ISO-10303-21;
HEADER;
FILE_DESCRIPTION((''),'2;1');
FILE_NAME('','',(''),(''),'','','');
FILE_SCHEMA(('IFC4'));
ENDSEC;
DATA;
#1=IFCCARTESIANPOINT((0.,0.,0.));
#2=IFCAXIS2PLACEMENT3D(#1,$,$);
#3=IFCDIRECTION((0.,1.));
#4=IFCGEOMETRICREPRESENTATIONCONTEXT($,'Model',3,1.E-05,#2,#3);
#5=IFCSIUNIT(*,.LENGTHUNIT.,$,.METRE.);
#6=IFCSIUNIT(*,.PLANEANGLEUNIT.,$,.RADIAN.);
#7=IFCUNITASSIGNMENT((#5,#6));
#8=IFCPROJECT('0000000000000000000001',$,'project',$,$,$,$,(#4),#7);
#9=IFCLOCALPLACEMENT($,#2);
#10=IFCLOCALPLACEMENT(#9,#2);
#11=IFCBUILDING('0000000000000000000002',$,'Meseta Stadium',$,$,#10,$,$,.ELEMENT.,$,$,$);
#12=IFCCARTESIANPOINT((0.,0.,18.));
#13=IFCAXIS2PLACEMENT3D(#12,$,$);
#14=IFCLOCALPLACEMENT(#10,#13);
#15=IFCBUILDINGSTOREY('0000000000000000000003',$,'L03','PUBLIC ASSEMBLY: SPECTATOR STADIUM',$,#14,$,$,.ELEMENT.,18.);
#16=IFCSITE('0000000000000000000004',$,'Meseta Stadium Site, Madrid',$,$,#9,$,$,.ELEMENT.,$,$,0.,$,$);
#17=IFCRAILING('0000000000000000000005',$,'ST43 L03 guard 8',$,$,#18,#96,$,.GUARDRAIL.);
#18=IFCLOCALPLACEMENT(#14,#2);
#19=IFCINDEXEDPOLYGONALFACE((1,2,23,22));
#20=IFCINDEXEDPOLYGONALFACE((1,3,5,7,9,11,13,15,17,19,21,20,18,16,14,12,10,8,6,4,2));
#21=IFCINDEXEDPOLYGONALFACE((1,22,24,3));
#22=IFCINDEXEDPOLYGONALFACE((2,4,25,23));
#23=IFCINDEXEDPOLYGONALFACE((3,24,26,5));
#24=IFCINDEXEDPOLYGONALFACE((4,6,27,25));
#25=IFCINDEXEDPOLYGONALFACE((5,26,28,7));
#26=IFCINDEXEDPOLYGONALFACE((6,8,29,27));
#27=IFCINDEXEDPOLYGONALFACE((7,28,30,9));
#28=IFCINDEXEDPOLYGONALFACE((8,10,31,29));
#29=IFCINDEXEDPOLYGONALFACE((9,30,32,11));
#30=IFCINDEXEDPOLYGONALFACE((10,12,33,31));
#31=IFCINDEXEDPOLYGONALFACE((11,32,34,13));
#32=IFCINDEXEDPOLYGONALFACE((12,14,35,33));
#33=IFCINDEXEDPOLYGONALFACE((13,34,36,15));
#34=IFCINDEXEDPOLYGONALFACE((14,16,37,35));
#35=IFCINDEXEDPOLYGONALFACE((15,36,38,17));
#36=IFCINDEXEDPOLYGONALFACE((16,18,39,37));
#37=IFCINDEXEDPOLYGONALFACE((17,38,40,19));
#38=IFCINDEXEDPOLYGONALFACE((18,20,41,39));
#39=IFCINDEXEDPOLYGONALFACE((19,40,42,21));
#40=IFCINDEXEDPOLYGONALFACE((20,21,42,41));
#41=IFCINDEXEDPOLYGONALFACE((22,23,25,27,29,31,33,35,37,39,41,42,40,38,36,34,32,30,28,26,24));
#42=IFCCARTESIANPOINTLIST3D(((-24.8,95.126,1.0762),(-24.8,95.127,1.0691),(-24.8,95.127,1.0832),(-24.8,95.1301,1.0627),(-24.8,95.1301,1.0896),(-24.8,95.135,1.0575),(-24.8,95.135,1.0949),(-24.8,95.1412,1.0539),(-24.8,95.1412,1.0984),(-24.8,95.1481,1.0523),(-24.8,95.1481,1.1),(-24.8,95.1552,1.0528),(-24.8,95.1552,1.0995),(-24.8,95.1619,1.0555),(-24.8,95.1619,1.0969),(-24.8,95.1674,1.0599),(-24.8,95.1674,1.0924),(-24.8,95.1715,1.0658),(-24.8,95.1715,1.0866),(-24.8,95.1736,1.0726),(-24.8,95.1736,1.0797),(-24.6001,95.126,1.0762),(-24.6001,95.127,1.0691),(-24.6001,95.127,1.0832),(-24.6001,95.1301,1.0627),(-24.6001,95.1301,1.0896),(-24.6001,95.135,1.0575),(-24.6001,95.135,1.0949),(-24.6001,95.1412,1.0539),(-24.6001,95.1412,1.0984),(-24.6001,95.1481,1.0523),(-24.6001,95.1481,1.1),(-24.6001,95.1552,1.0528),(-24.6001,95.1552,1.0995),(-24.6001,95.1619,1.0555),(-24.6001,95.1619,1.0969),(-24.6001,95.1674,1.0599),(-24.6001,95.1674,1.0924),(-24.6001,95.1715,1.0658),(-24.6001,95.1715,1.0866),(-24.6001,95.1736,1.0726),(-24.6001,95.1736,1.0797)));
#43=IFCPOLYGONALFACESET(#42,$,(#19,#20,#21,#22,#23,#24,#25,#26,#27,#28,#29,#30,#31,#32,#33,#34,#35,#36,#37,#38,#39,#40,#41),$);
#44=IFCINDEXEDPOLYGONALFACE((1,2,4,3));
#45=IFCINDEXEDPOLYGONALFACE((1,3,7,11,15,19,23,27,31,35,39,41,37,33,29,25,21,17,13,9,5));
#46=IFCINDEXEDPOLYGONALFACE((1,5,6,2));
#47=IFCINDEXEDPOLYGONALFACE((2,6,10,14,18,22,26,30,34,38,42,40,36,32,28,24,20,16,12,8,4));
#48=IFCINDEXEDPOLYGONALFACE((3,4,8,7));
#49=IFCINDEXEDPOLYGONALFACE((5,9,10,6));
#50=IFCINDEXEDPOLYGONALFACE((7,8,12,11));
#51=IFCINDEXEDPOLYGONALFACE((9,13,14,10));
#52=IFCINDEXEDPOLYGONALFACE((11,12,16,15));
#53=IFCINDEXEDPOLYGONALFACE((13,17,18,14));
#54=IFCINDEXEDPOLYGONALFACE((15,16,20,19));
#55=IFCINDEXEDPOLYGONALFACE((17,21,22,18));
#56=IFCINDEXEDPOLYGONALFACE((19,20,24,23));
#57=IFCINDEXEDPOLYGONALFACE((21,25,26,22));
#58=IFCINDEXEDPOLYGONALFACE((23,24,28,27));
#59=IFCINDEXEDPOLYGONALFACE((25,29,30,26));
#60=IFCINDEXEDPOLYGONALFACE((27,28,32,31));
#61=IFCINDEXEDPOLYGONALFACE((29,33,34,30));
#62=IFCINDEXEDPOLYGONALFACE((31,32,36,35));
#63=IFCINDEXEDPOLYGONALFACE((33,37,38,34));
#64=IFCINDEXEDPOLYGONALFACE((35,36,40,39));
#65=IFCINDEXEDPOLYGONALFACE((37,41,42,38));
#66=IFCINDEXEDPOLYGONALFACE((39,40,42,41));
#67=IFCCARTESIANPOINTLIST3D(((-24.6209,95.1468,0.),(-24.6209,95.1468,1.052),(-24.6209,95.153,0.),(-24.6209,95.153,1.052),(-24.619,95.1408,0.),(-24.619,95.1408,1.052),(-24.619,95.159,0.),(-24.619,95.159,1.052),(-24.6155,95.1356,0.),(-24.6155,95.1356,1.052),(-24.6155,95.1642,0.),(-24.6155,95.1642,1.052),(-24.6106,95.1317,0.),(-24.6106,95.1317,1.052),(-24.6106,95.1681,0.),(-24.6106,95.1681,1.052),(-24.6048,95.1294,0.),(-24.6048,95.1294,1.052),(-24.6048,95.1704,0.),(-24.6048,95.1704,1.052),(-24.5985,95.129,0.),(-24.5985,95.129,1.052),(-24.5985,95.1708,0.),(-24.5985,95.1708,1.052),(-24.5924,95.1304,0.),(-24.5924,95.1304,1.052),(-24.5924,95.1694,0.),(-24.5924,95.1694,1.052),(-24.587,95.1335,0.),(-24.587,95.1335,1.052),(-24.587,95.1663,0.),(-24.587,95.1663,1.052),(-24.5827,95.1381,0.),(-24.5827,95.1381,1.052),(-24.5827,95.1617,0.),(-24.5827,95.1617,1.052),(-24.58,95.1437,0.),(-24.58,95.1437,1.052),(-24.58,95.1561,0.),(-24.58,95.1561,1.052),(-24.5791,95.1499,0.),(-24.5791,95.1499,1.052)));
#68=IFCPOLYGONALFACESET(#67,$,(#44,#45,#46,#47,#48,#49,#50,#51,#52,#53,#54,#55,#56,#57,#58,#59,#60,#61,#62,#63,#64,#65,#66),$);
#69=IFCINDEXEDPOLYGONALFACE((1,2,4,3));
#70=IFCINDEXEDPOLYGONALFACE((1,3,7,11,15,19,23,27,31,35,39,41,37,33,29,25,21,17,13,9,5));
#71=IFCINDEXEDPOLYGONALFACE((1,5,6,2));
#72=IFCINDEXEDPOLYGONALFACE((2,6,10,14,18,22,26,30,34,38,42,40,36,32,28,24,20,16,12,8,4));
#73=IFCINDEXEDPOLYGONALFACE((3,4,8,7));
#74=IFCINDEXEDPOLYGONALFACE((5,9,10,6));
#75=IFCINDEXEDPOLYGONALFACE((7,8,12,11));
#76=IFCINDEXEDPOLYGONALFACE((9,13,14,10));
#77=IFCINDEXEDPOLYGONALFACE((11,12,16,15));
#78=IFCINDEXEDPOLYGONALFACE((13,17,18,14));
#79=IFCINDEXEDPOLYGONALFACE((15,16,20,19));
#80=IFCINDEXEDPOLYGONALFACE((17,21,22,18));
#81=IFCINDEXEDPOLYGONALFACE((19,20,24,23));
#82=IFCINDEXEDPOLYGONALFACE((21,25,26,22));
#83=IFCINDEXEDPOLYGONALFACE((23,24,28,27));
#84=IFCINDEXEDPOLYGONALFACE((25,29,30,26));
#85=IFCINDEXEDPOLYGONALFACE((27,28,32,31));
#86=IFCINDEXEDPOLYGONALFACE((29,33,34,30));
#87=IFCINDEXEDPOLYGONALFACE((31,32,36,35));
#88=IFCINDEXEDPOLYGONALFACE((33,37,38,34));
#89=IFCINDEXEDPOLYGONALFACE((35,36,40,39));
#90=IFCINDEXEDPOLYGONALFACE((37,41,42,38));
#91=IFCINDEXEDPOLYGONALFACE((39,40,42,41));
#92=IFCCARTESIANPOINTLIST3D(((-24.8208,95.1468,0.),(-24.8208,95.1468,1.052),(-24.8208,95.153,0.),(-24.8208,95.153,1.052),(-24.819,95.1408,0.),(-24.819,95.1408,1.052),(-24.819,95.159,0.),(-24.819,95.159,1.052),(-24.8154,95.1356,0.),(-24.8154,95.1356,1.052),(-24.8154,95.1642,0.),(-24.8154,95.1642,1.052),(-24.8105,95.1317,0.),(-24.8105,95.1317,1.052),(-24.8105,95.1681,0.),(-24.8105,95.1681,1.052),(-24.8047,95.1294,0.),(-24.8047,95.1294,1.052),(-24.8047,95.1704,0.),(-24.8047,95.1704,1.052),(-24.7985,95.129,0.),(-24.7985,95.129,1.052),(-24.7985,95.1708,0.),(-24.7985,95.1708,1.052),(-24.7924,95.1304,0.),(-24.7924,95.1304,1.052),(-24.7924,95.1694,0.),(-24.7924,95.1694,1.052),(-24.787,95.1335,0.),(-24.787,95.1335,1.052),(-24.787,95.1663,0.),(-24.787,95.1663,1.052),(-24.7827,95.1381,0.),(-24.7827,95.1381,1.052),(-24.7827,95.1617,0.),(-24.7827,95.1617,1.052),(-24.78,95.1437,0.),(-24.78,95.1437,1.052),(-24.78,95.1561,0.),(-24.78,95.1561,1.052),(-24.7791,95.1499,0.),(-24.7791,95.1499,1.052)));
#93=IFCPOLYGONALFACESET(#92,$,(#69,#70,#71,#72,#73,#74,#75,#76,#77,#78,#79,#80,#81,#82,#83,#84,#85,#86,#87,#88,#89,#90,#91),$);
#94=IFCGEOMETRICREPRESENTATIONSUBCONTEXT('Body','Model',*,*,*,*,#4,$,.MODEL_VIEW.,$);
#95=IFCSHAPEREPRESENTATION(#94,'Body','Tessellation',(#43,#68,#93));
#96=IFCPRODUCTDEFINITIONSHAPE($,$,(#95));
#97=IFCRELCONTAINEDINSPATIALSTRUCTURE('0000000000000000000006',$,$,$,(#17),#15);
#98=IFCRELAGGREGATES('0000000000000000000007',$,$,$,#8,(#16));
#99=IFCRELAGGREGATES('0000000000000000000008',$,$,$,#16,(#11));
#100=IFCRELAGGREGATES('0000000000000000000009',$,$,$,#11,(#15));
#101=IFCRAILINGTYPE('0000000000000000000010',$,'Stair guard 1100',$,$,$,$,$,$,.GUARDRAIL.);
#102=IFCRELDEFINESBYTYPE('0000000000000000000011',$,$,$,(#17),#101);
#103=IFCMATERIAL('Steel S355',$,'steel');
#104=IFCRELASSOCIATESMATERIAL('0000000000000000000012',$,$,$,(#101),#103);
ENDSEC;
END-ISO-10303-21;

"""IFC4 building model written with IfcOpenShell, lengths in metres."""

from ifc_helpers import new_model, si_unit, direction, frame, origin, origin_2d, place, context, subcontext, project, spatial, circle, extrude, material, type_object, element, save


model = new_model("IFC4")

# Units and contexts
model_context = context("Model", 3, precision=1e-05, world=origin(), true_north=direction((0.0, 1.0)))
body_context = subcontext(model_context, "Body", "Model", "MODEL_VIEW")
ifc_project = project(units=[si_unit("LENGTHUNIT", "METRE"), si_unit("PLANEANGLEUNIT", "RADIAN")], contexts=[model_context])

# Site, building, storey
site_placement = place(None, origin())
site = spatial("IfcSite", under=ifc_project, at=site_placement, Name="Meseta Stadium Site, Madrid", CompositionType="ELEMENT", RefElevation=0.0)
building_placement = place(site_placement, origin())
building = spatial("IfcBuilding", under=site, at=building_placement, Name="Meseta Stadium", CompositionType="ELEMENT")
storey_placement = place(building_placement, frame((0.0, 0.0, 18.0)))
storey = spatial("IfcBuildingStorey", under=building, at=storey_placement, Name="L03", Description="PUBLIC ASSEMBLY: SPECTATOR STADIUM", CompositionType="ELEMENT", Elevation=18.0)

# Railing
ifc_material_1 = material(Name="Steel S355", Category="steel")
railing_type_1 = type_object("IfcRailingType", Name="Stair guard 1100", PredefinedType="GUARDRAIL", material=ifc_material_1)
railing_1_placement = place(storey_placement, frame((-24.6001, 95.1499, 0.0)))
element("IfcRailing", 1, at=railing_1_placement, inside=storey, type_object=railing_type_1, Name="ST43 L03 guard 8", PredefinedType="GUARDRAIL", context=body_context, shape_type="SweptSolid", body=[
    extrude(circle(Radius=0.0239, at=origin_2d()), frame((0.0, 0.0, 1.0762), z_axis=(-1.0, 0.0, 0.0), x_axis=(0.0, -1.0, 0.0)), (0.0, 0.0, 1.0), 0.2),
    extrude(circle(Radius=0.021, at=origin_2d()), origin(), (0.0, 0.0, 1.0), 1.052),
    extrude(circle(Radius=0.021, at=origin_2d()), frame((-0.2, 0.0, 0.0)), (0.0, 0.0, 1.0), 1.052),
])

save(model, "model.ifc")
